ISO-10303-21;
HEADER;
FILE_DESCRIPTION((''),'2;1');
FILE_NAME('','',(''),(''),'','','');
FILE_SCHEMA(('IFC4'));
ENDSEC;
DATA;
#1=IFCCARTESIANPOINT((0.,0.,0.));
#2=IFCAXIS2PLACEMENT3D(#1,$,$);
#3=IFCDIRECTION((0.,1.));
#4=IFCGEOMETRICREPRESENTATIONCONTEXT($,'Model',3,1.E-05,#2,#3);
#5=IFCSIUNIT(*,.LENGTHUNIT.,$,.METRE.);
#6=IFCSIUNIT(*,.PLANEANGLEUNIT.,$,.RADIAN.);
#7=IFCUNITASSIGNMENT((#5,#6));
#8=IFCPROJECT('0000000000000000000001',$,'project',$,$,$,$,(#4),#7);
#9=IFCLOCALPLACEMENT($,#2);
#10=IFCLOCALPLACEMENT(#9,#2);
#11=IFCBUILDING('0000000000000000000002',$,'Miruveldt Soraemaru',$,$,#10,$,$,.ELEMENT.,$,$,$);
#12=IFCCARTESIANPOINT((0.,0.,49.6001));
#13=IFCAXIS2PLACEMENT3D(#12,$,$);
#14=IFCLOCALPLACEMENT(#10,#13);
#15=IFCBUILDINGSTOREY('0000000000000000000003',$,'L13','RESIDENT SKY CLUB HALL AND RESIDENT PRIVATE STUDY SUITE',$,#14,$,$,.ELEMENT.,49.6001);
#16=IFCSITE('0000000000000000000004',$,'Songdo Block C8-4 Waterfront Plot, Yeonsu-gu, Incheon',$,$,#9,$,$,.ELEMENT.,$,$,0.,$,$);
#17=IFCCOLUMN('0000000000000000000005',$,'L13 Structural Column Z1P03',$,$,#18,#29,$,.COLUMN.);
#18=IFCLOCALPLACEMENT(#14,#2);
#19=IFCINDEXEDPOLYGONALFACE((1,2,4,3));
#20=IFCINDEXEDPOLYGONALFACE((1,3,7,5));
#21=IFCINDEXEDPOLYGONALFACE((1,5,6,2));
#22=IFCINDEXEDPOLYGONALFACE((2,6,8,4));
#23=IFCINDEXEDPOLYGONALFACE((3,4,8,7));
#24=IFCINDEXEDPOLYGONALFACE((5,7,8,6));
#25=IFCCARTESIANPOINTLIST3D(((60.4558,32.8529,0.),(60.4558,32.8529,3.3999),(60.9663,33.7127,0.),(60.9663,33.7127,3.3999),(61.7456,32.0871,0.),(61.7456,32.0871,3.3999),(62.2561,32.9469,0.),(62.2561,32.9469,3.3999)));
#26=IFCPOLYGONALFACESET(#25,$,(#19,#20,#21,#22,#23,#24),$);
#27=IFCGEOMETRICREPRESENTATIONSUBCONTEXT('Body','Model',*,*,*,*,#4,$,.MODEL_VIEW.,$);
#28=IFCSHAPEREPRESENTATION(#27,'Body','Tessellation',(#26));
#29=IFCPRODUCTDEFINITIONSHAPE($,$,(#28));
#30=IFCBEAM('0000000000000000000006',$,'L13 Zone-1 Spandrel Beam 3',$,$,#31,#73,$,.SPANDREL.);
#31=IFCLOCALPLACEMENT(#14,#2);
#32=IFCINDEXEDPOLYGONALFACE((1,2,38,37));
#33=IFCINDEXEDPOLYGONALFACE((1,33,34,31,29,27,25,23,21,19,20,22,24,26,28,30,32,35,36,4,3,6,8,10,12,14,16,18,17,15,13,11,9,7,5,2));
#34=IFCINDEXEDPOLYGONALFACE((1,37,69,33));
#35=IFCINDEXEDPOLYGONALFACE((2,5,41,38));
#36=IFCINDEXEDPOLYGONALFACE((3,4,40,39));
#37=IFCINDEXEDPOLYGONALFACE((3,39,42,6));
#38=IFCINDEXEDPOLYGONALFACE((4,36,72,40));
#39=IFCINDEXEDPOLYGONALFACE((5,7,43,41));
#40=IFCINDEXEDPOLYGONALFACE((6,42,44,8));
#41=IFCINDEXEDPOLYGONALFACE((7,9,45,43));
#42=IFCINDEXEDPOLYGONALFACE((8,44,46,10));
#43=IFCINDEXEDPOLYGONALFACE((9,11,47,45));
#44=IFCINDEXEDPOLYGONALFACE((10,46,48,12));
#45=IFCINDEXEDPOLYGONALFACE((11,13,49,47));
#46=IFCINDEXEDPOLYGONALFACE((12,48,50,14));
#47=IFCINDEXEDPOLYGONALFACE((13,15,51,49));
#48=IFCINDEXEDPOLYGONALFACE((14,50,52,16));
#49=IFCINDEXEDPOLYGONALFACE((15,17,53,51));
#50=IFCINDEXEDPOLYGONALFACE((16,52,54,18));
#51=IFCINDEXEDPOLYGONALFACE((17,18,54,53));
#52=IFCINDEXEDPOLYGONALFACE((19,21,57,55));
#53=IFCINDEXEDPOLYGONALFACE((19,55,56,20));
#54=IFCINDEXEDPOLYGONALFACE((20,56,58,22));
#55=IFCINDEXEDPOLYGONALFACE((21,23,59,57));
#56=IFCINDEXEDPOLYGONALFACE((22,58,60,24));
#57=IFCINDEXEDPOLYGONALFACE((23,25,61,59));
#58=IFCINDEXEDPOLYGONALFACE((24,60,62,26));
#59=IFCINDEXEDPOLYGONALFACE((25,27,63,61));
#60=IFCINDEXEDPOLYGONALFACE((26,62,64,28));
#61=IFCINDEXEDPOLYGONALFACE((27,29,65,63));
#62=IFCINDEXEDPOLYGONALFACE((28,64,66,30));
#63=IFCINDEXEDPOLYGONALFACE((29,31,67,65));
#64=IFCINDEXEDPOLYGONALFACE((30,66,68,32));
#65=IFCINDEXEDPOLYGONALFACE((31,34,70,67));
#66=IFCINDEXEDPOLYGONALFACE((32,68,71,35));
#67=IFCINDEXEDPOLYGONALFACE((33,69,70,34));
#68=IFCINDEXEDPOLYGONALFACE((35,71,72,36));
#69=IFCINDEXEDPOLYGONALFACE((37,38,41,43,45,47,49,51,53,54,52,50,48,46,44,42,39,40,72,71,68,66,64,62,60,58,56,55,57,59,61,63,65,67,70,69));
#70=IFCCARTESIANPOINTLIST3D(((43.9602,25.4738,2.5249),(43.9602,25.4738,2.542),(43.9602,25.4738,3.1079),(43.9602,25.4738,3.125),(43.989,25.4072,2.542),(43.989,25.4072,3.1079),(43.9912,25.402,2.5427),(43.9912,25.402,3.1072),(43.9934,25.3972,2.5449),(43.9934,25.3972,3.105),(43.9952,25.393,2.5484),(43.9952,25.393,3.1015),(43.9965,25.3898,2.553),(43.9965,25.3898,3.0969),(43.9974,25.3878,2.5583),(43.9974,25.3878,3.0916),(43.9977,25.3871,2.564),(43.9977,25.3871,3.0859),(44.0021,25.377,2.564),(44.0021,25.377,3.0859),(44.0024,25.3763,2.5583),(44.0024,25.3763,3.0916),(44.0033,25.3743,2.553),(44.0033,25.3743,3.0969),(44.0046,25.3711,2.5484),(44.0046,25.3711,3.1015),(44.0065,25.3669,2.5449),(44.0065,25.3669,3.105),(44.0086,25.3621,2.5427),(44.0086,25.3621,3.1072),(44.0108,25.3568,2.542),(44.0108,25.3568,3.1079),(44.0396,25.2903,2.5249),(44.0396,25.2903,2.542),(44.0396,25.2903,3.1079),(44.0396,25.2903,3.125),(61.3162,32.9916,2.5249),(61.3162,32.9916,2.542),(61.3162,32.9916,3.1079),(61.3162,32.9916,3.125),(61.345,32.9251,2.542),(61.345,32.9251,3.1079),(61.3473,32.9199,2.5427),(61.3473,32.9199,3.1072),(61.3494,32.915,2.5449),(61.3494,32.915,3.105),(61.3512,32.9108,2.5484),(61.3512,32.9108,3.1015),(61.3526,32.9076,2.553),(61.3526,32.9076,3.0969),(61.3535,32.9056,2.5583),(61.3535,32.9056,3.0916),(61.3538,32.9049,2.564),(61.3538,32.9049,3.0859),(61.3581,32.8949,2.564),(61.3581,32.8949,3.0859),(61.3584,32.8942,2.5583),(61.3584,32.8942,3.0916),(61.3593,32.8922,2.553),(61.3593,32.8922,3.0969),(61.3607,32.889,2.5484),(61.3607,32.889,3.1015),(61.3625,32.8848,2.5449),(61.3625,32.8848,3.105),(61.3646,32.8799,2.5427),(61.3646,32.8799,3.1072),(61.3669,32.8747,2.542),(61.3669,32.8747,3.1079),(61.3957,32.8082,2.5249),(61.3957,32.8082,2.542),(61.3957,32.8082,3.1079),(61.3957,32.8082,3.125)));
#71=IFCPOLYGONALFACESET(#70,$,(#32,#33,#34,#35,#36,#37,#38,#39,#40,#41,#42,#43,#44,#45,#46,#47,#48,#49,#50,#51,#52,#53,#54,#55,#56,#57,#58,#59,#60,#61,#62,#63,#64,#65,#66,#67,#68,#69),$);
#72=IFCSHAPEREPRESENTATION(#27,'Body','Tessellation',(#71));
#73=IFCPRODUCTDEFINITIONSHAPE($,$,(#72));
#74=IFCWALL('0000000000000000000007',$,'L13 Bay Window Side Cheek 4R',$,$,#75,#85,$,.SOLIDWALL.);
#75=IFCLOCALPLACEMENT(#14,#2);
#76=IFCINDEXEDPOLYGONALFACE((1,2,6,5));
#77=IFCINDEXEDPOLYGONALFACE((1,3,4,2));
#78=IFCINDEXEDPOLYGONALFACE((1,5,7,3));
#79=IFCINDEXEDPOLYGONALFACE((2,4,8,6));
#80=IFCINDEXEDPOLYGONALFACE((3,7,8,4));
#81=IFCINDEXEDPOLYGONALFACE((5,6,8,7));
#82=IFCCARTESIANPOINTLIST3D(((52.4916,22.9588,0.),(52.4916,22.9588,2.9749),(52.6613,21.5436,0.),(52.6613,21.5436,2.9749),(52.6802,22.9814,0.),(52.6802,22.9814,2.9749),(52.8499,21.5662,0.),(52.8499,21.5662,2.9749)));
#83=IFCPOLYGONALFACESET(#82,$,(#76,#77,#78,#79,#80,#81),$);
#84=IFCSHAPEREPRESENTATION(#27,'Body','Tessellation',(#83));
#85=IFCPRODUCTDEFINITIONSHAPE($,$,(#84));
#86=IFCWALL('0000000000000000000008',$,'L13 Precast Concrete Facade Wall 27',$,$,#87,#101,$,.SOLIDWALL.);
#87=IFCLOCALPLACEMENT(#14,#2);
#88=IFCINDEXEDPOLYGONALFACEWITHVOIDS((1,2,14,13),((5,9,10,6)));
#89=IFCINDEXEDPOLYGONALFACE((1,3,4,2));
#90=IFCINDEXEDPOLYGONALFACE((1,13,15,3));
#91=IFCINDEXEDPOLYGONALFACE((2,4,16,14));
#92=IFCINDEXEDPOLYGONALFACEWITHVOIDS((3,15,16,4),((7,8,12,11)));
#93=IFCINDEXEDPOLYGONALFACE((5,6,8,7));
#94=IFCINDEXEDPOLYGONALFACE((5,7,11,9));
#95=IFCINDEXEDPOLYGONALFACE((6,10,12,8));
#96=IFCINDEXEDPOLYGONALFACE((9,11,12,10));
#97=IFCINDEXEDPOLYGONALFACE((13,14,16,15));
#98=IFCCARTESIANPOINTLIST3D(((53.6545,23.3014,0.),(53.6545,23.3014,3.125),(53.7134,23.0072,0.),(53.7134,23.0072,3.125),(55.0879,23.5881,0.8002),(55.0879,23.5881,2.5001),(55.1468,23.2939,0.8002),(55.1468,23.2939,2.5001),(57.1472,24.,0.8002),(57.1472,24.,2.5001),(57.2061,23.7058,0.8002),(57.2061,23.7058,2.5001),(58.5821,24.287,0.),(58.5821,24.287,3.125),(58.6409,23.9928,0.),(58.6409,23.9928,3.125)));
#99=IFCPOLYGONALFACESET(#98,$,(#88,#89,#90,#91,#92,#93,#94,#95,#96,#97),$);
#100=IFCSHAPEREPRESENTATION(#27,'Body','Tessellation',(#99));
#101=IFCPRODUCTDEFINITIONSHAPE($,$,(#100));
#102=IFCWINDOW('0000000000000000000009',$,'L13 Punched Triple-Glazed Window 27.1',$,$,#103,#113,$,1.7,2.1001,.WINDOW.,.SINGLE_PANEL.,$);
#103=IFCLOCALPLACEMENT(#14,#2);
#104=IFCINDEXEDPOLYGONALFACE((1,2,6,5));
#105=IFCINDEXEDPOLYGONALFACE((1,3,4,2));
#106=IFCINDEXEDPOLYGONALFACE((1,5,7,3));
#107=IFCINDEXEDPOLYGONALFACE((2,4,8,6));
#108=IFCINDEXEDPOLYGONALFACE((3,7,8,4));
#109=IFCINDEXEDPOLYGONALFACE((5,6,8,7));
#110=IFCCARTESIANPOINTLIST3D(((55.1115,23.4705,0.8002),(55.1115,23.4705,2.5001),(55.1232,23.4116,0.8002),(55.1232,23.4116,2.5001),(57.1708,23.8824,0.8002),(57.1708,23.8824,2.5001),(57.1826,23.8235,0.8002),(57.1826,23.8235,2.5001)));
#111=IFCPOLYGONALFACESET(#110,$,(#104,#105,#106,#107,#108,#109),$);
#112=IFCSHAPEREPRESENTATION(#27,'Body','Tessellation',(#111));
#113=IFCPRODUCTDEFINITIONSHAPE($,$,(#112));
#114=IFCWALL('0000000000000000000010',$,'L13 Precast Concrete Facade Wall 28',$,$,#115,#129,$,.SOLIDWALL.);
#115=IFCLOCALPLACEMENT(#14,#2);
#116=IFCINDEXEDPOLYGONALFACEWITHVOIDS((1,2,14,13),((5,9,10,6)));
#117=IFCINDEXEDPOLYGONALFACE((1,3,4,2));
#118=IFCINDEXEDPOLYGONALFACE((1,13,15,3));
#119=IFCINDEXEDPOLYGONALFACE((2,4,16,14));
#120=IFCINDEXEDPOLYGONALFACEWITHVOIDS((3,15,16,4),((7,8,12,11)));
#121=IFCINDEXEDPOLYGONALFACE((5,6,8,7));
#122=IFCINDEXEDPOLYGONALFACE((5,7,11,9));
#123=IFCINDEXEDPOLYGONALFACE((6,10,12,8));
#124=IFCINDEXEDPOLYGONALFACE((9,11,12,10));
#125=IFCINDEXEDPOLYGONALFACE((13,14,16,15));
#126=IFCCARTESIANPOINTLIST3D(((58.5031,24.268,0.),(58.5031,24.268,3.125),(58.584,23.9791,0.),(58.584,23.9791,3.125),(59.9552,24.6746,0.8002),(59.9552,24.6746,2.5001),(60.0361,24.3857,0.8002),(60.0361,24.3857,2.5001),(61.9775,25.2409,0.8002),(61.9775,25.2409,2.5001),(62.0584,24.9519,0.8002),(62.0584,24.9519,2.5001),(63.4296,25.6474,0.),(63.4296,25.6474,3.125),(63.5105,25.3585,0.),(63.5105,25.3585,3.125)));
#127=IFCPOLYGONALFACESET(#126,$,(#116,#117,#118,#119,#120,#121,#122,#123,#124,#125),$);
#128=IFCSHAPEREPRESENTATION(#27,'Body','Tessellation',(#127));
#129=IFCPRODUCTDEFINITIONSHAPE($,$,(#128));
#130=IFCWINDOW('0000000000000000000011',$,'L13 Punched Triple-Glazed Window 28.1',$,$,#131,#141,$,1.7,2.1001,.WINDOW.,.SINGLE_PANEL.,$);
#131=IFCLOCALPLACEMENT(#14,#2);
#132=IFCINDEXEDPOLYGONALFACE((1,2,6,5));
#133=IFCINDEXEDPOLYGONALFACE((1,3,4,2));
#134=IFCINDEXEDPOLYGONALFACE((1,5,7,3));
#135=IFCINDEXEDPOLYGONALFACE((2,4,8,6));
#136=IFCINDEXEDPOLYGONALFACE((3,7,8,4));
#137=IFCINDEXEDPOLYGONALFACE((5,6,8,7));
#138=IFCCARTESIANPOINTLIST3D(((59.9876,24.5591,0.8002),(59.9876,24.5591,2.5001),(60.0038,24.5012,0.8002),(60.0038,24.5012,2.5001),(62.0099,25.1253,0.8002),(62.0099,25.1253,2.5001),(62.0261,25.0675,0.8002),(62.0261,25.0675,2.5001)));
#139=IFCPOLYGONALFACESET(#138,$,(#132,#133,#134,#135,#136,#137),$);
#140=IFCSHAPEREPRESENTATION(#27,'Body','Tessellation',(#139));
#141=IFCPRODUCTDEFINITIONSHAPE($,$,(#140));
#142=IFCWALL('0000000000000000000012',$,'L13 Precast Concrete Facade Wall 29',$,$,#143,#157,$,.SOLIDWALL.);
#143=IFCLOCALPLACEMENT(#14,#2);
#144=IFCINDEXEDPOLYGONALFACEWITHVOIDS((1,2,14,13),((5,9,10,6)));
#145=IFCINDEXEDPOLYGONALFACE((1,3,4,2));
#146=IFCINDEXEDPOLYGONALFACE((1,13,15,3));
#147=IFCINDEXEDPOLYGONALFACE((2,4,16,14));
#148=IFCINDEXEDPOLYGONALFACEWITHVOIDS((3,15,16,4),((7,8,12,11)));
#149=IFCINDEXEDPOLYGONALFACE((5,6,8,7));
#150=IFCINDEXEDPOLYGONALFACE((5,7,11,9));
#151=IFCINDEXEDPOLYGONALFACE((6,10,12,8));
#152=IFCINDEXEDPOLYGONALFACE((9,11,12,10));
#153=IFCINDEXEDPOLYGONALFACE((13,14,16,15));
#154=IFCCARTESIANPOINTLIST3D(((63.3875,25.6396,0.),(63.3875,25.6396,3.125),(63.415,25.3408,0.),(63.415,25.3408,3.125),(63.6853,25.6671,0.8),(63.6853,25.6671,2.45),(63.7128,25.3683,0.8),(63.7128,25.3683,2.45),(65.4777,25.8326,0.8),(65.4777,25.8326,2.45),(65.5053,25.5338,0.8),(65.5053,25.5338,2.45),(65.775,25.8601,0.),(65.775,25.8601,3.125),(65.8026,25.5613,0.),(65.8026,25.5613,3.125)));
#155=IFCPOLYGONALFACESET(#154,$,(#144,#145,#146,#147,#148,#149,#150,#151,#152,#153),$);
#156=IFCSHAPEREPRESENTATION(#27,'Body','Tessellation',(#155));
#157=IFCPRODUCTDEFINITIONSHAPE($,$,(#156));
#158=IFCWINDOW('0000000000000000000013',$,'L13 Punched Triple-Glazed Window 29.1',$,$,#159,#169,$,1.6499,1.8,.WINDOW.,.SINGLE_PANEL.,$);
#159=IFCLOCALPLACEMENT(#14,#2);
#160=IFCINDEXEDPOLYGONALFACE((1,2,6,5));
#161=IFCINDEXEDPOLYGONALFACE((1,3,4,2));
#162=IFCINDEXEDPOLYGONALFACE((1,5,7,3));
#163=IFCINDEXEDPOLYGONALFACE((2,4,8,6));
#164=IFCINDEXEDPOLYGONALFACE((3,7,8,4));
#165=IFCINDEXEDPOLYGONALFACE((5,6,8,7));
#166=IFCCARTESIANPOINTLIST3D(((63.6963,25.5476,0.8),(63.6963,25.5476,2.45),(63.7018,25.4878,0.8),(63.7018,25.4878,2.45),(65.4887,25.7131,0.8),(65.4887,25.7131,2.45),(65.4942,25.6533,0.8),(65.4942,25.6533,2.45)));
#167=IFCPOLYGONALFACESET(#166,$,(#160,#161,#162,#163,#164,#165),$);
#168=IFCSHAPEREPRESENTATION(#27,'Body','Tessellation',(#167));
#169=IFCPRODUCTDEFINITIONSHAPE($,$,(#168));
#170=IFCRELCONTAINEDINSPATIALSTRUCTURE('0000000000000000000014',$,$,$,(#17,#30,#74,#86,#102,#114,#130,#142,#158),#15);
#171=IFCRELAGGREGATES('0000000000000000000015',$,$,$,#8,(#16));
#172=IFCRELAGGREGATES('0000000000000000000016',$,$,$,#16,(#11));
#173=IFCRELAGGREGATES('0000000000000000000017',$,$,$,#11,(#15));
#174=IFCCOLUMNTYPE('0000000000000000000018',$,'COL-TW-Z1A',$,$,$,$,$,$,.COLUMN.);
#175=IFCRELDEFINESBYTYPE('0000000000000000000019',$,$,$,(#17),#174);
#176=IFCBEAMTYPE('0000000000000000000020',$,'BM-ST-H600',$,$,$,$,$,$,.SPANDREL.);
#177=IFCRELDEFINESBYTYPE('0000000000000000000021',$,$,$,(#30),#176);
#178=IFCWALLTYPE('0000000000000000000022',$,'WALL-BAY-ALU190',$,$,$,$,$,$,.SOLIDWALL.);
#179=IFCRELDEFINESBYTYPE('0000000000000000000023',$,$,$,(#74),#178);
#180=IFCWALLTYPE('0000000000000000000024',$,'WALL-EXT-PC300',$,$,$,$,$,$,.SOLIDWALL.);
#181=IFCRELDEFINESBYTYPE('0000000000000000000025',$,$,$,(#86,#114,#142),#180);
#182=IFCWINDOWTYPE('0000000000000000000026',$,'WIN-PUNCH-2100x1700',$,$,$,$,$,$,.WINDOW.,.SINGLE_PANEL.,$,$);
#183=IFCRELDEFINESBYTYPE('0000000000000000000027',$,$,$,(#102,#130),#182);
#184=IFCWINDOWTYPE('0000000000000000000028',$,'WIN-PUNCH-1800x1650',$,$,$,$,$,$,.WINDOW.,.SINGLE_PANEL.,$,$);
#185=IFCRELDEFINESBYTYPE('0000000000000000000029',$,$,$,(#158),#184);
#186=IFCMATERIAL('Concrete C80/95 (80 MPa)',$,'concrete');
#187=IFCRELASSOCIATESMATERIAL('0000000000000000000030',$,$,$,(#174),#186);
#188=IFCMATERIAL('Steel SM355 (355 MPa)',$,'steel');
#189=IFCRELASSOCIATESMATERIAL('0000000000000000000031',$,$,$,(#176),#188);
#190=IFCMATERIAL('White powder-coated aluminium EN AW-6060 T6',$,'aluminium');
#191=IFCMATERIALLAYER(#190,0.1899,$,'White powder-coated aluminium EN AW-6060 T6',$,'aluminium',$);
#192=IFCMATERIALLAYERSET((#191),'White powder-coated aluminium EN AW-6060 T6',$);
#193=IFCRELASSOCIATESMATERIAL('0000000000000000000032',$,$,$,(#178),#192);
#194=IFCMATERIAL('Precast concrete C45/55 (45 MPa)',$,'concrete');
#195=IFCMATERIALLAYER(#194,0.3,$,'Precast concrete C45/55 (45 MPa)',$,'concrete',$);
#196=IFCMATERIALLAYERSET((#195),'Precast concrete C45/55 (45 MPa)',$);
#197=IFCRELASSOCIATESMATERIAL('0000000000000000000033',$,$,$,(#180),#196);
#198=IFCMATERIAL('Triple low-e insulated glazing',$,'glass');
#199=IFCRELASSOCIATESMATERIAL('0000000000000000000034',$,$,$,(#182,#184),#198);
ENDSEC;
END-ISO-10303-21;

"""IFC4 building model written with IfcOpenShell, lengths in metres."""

from ifc_helpers import new_model, si_unit, direction, frame, frame_2d, origin, origin_2d, place, context, subcontext, project, spatial, rectangle, i_section, extrude, material, layer, layer_set, material_profile, profile_set, type_object, element, fill, save


model = new_model("IFC4")

# Units and contexts
model_context = context("Model", 3, precision=1e-05, world=origin(), true_north=direction((0.0, 1.0)))
body_context = subcontext(model_context, "Body", "Model", "MODEL_VIEW")
ifc_project = project(units=[si_unit("LENGTHUNIT", "METRE"), si_unit("PLANEANGLEUNIT", "RADIAN")], contexts=[model_context])

# Site, building, storey
site_placement = place(None, origin())
site = spatial("IfcSite", under=ifc_project, at=site_placement, Name="Songdo Block C8-4 Waterfront Plot, Yeonsu-gu, Incheon", CompositionType="ELEMENT", RefElevation=0.0)
building_placement = place(site_placement, origin())
building = spatial("IfcBuilding", under=site, at=building_placement, Name="Miruveldt Soraemaru", CompositionType="ELEMENT")
storey_placement = place(building_placement, frame((0.0, 0.0, 49.6001)))
storey = spatial("IfcBuildingStorey", under=building, at=storey_placement, Name="L13", Description="RESIDENT SKY CLUB HALL AND RESIDENT PRIVATE STUDY SUITE", CompositionType="ELEMENT", Elevation=49.6001)

# Column
ifc_material_1 = material(Name="Concrete C80/95 (80 MPa)", Category="concrete")
ifc_material_profile_1 = material_profile(ifc_material_1, rectangle(XDim=1.5, YDim=1.0, at=origin_2d()), Name="Concrete C80/95 (80 MPa)", Category="concrete")
ifc_profile_set_1 = profile_set([ifc_material_profile_1], Name="Concrete C80/95 (80 MPa)")
column_type = type_object("IfcColumnType", Name="COL-TW-Z1A", PredefinedType="COLUMN", material=ifc_profile_set_1)
column_placement = place(storey_placement, frame((61.356, 32.8999, 0.0), z_axis=(0.0, 0.0, 1.0), x_axis=(-0.859852, 0.510543, 0.0)))
element("IfcColumn", 1, at=column_placement, inside=storey, type_object=column_type, Name="L13 Structural Column Z1P03", PredefinedType="COLUMN", context=body_context, shape_type="SweptSolid", body=[
    extrude(rectangle(XDim=1.5, YDim=1.0, at=origin_2d()), origin(), (0.0, 0.0, 1.0), 3.3999),
])

# Beam
ifc_material_2 = material(Name="Steel SM355 (355 MPa)", Category="steel")
ifc_material_profile_2 = material_profile(ifc_material_2, i_section(OverallWidth=0.2, OverallDepth=0.6001, WebThickness=0.011, FlangeThickness=0.0171, FilletRadius=0.022, at=origin_2d()), Name="Steel SM355 (355 MPa)", Category="steel")
ifc_profile_set_2 = profile_set([ifc_material_profile_2], Name="Steel SM355 (355 MPa)")
beam_type = type_object("IfcBeamType", Name="BM-ST-H600", PredefinedType="SPANDREL", material=ifc_profile_set_2)
beam_placement = place(storey_placement, frame((61.356, 32.8999, 2.825), z_axis=(-0.917615, -0.39747, 0.0), x_axis=(0.39747, -0.917615, 0.0)))
element("IfcBeam", 2, at=beam_placement, inside=storey, type_object=beam_type, Name="L13 Zone-1 Spandrel Beam 3", PredefinedType="SPANDREL", context=body_context, shape_type="SweptSolid", body=[
    extrude(i_section(OverallWidth=0.2, OverallDepth=0.6001, WebThickness=0.011, FlangeThickness=0.0171, FilletRadius=0.022, at=origin_2d()), origin(), (0.0, 0.0, 1.0), 18.9143),
])

# Wall
ifc_material_3 = material(Name="White powder-coated aluminium EN AW-6060 T6", Category="aluminium")
ifc_layer_1 = layer(ifc_material_3, 0.1899, Name="White powder-coated aluminium EN AW-6060 T6", Category="aluminium")
ifc_layer_set_1 = layer_set([ifc_layer_1], Name="White powder-coated aluminium EN AW-6060 T6")
wall_type_1 = type_object("IfcWallType", Name="WALL-BAY-ALU190", PredefinedType="SOLIDWALL", material=ifc_layer_set_1)
wall_1_placement = place(storey_placement, frame((52.7556, 21.5549, 0.0), z_axis=(0.0, 0.0, 1.0), x_axis=(-0.119057, 0.992887, 0.0)))
element("IfcWall", 3, at=wall_1_placement, inside=storey, type_object=wall_type_1, Name="L13 Bay Window Side Cheek 4R", PredefinedType="SOLIDWALL", context=body_context, shape_type="SweptSolid", body=[
    extrude(rectangle(XDim=1.4253, YDim=0.1899, at=frame_2d((0.7126, 0.0))), origin(), (0.0, 0.0, 1.0), 2.9749),
])

# Walls, openings, windows
ifc_material_4 = material(Name="Precast concrete C45/55 (45 MPa)", Category="concrete")
ifc_layer_2 = layer(ifc_material_4, 0.3, Name="Precast concrete C45/55 (45 MPa)", Category="concrete")
ifc_layer_set_2 = layer_set([ifc_layer_2], Name="Precast concrete C45/55 (45 MPa)")
wall_type_2 = type_object("IfcWallType", Name="WALL-EXT-PC300", PredefinedType="SOLIDWALL", material=ifc_layer_set_2)
wall_2_placement = place(storey_placement, frame((53.6838, 23.1543, 0.0), z_axis=(0.0, 0.0, 1.0), x_axis=(0.980577, 0.196135, 0.0)))
wall_2 = element("IfcWall", 4, at=wall_2_placement, inside=storey, type_object=wall_type_2, Name="L13 Precast Concrete Facade Wall 27", PredefinedType="SOLIDWALL", context=body_context, shape_type="SweptSolid", body=[
    extrude(rectangle(XDim=5.0251, YDim=0.3, at=frame_2d((2.5127, 0.0))), origin(), (0.0, 0.0, 1.0), 3.125),
])
opening_1_placement = place(wall_2_placement, frame((1.4619, 0.0, 0.8)))
opening_1 = element("IfcOpeningElement", 5, at=opening_1_placement, cuts=wall_2, PredefinedType="OPENING", context=body_context, shape_type="SweptSolid", body=[
    extrude(rectangle(XDim=2.1001, YDim=1.7, at=frame_2d((1.05, 0.8501))), frame((0.0, 0.1602, 0.0), z_axis=(0.0, -1.0, 0.0), x_axis=(1.0, 0.0, 0.0)), (0.0, 0.0, 1.0), 0.3201),
])
ifc_material_5 = material(Name="Triple low-e insulated glazing", Category="glass")
window_type_1 = type_object("IfcWindowType", Name="WIN-PUNCH-2100x1700", PartitioningType="SINGLE_PANEL", PredefinedType="WINDOW", material=ifc_material_5)
window_1_placement = place(opening_1_placement, origin())
window_1 = element("IfcWindow", 6, at=window_1_placement, inside=storey, type_object=window_type_1, Name="L13 Punched Triple-Glazed Window 27.1", OverallHeight=1.7, OverallWidth=2.1001, PartitioningType="SINGLE_PANEL", PredefinedType="WINDOW", context=body_context, shape_type="SweptSolid", body=[
    extrude(rectangle(XDim=2.1001, YDim=1.7, at=frame_2d((1.05, 0.8501))), frame((0.0, 0.03, 0.0), z_axis=(0.0, -1.0, 0.0), x_axis=(1.0, 0.0, 0.0)), (0.0, 0.0, 1.0), 0.0601),
])
fill(opening_1, window_1)
wall_3_placement = place(storey_placement, frame((58.5435, 24.1235, 0.0), z_axis=(0.0, 0.0, 1.0), x_axis=(0.962966, 0.269625, 0.0)))
wall_3 = element("IfcWall", 7, at=wall_3_placement, inside=storey, type_object=wall_type_2, Name="L13 Precast Concrete Facade Wall 28", PredefinedType="SOLIDWALL", context=body_context, shape_type="SweptSolid", body=[
    extrude(rectangle(XDim=5.116, YDim=0.3, at=frame_2d((2.5581, 0.0))), origin(), (0.0, 0.0, 1.0), 3.125),
])
opening_2_placement = place(wall_3_placement, frame((1.5081, 0.0, 0.8)))
opening_2 = element("IfcOpeningElement", 8, at=opening_2_placement, cuts=wall_3, PredefinedType="OPENING", context=body_context, shape_type="SweptSolid", body=[
    extrude(rectangle(XDim=2.1001, YDim=1.7, at=frame_2d((1.05, 0.8501))), frame((0.0, 0.1602, 0.0), z_axis=(0.0, -1.0, 0.0), x_axis=(1.0, 0.0, 0.0)), (0.0, 0.0, 1.0), 0.3201),
])
window_2_placement = place(opening_2_placement, origin())
window_2 = element("IfcWindow", 9, at=window_2_placement, inside=storey, type_object=window_type_1, Name="L13 Punched Triple-Glazed Window 28.1", OverallHeight=1.7, OverallWidth=2.1001, PartitioningType="SINGLE_PANEL", PredefinedType="WINDOW", context=body_context, shape_type="SweptSolid", body=[
    extrude(rectangle(XDim=2.1001, YDim=1.7, at=frame_2d((1.05, 0.8501))), frame((0.0, 0.03, 0.0), z_axis=(0.0, -1.0, 0.0), x_axis=(1.0, 0.0, 0.0)), (0.0, 0.0, 1.0), 0.0601),
])
fill(opening_2, window_2)
wall_4_placement = place(storey_placement, frame((63.4014, 25.4902, 0.0), z_axis=(0.0, 0.0, 1.0), x_axis=(0.995764, 0.09195, 0.0)))
wall_4 = element("IfcWall", 10, at=wall_4_placement, inside=storey, type_object=wall_type_2, Name="L13 Precast Concrete Facade Wall 29", PredefinedType="SOLIDWALL", context=body_context, shape_type="SweptSolid", body=[
    extrude(rectangle(XDim=2.3977, YDim=0.3, at=frame_2d((1.1987, 0.0))), origin(), (0.0, 0.0, 1.0), 3.125),
])
opening_3_placement = place(wall_4_placement, frame((0.2991, 0.0, 0.8)))
opening_3 = element("IfcOpeningElement", 11, at=opening_3_placement, cuts=wall_4, PredefinedType="OPENING", context=body_context, shape_type="SweptSolid", body=[
    extrude(rectangle(XDim=1.8, YDim=1.6499, at=frame_2d((0.8999, 0.825))), frame((0.0, 0.1602, 0.0), z_axis=(0.0, -1.0, 0.0), x_axis=(1.0, 0.0, 0.0)), (0.0, 0.0, 1.0), 0.3201),
])
window_type_2 = type_object("IfcWindowType", Name="WIN-PUNCH-1800x1650", PartitioningType="SINGLE_PANEL", PredefinedType="WINDOW", material=ifc_material_5)
window_3_placement = place(opening_3_placement, origin())
window_3 = element("IfcWindow", 12, at=window_3_placement, inside=storey, type_object=window_type_2, Name="L13 Punched Triple-Glazed Window 29.1", OverallHeight=1.6499, OverallWidth=1.8, PartitioningType="SINGLE_PANEL", PredefinedType="WINDOW", context=body_context, shape_type="SweptSolid", body=[
    extrude(rectangle(XDim=1.8, YDim=1.6499, at=frame_2d((0.8999, 0.825))), frame((0.0, 0.03, 0.0), z_axis=(0.0, -1.0, 0.0), x_axis=(1.0, 0.0, 0.0)), (0.0, 0.0, 1.0), 0.0601),
])
fill(opening_3, window_3)

save(model, "model.ifc")
